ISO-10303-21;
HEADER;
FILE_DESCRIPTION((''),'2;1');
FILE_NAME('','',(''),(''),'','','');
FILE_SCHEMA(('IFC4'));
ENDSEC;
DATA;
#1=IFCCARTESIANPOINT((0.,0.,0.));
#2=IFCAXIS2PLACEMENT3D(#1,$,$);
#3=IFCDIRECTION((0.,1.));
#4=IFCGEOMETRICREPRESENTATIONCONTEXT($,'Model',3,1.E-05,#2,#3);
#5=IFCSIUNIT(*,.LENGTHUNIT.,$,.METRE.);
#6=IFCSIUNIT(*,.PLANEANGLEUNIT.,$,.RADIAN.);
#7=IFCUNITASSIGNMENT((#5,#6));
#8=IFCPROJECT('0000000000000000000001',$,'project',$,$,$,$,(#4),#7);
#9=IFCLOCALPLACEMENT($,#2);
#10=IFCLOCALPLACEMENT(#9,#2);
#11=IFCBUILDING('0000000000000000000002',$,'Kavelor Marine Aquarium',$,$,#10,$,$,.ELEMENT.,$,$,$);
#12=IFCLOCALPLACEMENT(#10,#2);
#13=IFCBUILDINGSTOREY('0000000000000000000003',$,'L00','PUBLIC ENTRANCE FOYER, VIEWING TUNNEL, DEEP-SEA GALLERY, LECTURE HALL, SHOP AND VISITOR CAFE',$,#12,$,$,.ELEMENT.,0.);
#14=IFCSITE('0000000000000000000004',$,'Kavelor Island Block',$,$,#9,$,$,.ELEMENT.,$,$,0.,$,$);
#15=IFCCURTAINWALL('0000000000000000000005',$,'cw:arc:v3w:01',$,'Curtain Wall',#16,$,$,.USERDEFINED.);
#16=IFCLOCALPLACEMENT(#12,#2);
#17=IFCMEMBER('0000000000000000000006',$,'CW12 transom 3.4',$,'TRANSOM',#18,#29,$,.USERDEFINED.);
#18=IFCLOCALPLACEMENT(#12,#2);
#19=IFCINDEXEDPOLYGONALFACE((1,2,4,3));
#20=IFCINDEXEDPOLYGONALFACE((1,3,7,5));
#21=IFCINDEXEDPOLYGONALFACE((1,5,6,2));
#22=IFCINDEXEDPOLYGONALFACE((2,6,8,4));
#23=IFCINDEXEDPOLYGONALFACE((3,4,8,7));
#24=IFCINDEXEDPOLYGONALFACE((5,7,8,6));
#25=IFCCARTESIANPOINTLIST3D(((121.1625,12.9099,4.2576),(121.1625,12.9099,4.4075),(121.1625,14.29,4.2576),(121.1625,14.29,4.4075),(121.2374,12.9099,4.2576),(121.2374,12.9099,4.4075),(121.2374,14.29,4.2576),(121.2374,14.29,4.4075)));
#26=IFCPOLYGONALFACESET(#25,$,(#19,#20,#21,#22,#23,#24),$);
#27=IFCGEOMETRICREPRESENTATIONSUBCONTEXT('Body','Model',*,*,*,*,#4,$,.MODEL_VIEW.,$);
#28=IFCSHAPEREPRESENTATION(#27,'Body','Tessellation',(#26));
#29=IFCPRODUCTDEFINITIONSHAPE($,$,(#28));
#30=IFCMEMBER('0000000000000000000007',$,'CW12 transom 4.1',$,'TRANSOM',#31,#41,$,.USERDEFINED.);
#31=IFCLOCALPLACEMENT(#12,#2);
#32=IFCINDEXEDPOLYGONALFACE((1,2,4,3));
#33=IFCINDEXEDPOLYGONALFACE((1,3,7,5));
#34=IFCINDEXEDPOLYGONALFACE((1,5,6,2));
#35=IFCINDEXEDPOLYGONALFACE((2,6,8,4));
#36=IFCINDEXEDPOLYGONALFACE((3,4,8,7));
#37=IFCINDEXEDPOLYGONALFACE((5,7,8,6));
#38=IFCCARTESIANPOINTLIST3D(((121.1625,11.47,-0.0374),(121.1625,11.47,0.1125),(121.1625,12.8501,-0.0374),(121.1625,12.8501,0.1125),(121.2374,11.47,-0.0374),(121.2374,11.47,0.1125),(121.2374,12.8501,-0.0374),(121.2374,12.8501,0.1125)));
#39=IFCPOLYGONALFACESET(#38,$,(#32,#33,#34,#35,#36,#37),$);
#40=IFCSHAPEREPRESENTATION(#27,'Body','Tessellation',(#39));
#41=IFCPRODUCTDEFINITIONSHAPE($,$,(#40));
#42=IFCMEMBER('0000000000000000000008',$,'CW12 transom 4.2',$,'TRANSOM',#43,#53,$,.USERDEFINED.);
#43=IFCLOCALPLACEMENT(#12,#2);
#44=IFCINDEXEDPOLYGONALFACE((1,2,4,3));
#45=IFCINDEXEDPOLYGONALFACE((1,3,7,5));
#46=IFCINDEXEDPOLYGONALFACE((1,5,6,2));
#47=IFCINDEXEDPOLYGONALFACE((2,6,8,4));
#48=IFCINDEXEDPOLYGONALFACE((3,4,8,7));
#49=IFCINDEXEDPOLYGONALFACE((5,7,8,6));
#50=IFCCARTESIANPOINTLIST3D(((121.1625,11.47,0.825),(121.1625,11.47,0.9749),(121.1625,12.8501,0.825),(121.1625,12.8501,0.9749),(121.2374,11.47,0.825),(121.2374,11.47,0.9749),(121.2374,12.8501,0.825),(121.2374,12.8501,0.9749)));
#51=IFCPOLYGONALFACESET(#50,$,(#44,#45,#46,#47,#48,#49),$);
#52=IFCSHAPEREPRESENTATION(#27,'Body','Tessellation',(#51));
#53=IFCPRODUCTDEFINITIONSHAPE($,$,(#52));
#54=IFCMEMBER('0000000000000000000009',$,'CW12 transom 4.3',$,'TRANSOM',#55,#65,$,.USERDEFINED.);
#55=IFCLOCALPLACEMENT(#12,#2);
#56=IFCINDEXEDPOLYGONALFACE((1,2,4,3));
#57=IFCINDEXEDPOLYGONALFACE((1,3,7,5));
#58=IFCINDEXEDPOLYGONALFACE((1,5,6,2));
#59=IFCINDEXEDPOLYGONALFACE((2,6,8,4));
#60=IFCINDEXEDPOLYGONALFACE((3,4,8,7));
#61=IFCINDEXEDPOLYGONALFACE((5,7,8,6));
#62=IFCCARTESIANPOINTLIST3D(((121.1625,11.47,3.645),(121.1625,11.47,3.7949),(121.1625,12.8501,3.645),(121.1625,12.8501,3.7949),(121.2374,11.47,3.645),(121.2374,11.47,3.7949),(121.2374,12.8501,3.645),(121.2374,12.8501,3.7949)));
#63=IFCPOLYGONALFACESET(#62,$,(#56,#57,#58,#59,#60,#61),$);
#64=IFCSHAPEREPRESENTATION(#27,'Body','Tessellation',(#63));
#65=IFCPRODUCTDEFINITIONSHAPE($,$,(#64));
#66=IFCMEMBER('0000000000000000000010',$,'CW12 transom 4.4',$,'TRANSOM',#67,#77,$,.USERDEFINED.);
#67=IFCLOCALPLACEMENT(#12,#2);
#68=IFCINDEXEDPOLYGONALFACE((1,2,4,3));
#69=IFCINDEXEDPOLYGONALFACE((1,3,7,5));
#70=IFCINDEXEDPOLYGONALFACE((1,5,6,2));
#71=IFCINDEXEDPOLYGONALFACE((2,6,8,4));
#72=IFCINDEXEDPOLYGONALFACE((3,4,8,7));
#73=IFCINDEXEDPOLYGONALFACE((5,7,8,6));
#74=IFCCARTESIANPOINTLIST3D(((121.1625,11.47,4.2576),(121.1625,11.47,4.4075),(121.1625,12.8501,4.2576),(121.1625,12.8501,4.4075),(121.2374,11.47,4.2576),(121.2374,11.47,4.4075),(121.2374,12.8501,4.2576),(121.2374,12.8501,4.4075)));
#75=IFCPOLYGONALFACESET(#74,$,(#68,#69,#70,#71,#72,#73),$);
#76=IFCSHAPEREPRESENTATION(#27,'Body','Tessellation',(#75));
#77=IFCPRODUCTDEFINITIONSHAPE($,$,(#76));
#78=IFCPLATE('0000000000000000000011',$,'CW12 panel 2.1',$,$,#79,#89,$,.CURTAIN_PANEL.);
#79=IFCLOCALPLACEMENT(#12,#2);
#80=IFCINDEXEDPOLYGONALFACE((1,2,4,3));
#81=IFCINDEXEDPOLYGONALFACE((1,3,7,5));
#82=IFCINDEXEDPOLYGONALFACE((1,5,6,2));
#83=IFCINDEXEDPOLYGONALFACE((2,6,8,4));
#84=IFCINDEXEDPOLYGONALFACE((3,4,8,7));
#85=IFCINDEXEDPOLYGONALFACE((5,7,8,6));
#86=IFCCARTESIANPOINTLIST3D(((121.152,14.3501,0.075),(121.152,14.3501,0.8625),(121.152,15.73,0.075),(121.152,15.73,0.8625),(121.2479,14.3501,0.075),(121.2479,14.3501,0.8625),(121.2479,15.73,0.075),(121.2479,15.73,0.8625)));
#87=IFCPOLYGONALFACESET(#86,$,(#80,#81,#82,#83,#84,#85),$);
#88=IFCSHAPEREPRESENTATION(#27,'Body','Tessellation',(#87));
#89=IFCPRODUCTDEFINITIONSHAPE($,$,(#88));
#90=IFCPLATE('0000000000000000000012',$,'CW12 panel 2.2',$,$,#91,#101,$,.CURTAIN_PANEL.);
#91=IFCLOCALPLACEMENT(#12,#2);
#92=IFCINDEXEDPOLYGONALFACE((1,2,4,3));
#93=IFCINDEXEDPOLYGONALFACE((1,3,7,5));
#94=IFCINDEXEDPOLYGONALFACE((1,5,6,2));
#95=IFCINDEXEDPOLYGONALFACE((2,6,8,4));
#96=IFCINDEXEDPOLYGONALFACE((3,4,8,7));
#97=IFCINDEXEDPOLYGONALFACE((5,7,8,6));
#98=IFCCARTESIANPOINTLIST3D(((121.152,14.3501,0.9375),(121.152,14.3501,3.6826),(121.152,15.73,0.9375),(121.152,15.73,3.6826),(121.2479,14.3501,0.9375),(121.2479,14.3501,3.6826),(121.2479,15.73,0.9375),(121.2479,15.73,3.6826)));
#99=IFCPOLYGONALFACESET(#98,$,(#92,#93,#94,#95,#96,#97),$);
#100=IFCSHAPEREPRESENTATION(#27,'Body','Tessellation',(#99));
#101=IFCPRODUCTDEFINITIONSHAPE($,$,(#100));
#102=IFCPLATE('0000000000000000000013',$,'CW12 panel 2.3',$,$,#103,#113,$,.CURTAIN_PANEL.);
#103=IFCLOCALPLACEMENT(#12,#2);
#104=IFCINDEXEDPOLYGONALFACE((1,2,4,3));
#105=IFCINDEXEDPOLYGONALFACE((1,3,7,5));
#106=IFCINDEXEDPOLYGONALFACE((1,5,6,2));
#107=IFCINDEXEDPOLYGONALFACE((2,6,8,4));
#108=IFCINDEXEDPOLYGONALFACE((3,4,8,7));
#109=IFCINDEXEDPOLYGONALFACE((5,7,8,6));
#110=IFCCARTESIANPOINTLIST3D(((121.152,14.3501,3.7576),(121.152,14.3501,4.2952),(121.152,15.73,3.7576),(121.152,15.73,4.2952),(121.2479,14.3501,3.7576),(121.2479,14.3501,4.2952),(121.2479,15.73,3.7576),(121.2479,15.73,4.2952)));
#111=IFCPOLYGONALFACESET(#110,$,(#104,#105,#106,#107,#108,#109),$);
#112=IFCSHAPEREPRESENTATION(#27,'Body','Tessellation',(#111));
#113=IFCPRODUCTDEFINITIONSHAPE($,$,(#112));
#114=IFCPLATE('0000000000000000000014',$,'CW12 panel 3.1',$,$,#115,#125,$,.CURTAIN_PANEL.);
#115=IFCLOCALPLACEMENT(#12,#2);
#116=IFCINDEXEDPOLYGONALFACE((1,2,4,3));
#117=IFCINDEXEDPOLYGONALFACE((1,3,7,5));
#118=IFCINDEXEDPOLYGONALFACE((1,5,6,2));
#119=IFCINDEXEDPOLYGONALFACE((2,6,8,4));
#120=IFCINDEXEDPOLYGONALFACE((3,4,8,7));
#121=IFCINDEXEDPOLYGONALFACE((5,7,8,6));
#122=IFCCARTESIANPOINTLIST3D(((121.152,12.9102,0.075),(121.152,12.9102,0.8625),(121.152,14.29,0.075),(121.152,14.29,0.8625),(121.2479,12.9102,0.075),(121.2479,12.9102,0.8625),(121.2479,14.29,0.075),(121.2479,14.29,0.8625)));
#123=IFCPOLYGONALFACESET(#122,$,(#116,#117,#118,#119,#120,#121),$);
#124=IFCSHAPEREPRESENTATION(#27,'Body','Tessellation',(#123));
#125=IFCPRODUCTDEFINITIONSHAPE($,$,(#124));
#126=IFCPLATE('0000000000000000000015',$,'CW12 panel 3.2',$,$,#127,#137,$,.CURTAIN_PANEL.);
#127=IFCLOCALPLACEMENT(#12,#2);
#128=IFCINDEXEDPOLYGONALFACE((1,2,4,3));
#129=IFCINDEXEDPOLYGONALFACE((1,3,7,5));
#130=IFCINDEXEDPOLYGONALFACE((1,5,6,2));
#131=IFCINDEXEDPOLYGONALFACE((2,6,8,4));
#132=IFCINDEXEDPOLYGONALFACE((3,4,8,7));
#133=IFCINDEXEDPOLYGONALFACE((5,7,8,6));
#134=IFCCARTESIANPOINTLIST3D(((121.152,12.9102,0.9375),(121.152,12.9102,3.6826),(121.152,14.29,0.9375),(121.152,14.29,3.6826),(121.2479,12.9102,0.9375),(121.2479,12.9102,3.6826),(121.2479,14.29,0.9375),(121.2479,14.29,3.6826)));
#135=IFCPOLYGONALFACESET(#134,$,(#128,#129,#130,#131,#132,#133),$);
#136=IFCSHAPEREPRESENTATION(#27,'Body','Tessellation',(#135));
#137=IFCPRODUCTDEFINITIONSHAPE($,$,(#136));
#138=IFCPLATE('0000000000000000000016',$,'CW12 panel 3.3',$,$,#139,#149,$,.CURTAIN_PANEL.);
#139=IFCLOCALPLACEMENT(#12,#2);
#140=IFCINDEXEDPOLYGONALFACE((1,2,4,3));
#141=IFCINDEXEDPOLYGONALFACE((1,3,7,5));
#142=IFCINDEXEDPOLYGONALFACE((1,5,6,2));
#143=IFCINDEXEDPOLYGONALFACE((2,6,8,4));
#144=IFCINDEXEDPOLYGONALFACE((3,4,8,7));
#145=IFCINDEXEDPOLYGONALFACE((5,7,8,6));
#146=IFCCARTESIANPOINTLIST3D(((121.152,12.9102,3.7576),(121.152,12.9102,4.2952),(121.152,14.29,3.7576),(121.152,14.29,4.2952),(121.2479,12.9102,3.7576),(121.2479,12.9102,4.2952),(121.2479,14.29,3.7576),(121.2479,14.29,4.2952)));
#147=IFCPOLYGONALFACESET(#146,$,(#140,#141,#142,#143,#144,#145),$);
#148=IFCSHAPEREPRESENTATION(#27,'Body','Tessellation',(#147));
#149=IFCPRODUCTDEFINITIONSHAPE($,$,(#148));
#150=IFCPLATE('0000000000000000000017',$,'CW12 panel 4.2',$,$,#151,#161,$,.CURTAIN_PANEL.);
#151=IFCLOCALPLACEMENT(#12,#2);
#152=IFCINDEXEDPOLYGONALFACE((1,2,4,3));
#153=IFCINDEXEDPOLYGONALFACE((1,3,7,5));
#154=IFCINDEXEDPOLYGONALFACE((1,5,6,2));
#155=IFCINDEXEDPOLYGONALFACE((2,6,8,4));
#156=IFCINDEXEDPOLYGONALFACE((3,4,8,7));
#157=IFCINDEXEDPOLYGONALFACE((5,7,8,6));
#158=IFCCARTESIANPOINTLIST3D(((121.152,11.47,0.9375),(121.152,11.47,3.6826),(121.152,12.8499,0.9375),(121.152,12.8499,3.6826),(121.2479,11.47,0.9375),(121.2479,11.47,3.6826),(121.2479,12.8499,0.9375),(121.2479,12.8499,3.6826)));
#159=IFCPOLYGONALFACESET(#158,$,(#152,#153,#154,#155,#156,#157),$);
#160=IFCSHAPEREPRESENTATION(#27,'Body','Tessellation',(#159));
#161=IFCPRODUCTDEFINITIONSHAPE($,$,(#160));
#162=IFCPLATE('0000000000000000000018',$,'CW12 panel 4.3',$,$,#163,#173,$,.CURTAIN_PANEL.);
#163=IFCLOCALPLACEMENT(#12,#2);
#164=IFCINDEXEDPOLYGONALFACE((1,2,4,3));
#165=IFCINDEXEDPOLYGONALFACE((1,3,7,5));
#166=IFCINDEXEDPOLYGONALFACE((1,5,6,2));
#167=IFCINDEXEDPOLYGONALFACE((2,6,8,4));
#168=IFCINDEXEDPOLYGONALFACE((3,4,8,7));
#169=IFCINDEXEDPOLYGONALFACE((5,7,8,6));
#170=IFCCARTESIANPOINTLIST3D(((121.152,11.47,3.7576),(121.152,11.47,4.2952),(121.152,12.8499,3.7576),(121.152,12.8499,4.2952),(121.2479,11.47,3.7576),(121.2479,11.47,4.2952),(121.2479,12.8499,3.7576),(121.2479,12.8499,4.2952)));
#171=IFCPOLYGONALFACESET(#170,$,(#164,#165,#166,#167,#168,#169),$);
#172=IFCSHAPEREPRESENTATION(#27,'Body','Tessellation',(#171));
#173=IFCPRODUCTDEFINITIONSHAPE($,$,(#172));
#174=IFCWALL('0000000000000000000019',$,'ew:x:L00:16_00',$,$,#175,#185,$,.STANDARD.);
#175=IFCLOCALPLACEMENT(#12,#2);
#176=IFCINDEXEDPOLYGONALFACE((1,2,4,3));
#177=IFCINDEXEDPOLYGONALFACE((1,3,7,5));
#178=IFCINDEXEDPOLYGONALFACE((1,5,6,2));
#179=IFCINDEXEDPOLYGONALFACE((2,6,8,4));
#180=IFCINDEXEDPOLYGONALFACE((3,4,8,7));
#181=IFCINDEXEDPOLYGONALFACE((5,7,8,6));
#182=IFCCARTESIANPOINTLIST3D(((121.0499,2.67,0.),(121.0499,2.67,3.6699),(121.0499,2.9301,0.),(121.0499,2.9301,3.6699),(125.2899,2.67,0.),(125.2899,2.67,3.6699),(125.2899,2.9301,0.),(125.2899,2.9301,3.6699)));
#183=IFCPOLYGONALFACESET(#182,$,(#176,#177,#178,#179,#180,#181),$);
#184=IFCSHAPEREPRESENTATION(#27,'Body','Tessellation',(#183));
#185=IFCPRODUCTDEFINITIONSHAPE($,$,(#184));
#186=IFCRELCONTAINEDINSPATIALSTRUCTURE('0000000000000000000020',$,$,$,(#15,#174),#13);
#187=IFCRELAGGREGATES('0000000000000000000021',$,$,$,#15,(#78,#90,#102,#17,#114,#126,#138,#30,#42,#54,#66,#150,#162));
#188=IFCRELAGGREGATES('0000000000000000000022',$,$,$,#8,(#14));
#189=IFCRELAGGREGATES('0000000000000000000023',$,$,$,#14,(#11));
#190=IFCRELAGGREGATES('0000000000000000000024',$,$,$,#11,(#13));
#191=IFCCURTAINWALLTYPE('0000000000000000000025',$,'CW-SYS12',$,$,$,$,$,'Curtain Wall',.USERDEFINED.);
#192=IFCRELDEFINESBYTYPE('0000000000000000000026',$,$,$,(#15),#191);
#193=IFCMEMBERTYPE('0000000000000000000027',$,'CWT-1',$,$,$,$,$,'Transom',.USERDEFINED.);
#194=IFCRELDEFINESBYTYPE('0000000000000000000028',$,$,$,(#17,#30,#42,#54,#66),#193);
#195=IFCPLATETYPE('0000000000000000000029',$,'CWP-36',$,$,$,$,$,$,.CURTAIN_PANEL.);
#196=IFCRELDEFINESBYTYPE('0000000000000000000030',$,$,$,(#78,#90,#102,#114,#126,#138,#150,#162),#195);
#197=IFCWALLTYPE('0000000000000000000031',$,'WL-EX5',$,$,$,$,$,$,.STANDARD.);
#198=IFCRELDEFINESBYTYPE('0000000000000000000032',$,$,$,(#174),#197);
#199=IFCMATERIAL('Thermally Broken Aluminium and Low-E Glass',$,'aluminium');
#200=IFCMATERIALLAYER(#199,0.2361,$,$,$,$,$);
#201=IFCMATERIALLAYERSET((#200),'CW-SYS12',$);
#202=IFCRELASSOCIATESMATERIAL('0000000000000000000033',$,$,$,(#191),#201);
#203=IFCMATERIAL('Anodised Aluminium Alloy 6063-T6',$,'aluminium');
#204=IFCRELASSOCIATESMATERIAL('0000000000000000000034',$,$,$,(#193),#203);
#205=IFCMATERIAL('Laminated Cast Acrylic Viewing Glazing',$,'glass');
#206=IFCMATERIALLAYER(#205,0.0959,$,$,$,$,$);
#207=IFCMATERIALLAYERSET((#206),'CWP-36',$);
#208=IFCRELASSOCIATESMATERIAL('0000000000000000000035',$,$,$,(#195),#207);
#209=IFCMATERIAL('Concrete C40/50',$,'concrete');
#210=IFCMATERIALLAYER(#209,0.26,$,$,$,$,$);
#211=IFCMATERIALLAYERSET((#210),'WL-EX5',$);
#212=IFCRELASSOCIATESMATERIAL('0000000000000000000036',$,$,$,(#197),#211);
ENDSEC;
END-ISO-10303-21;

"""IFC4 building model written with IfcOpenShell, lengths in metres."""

from ifc_helpers import new_model, si_unit, direction, frame, frame_2d, origin, origin_2d, place, context, subcontext, project, spatial, rectangle, extrude, material, layer, layer_set, material_profile, profile_set, type_object, element, aggregate, save


model = new_model("IFC4")

# Units and contexts
model_context = context("Model", 3, precision=1e-05, world=origin(), true_north=direction((0.0, 1.0)))
body_context = subcontext(model_context, "Body", "Model", "MODEL_VIEW")
ifc_project = project(units=[si_unit("LENGTHUNIT", "METRE"), si_unit("PLANEANGLEUNIT", "RADIAN")], contexts=[model_context])

# Site, building, storey
site_placement = place(None, origin())
site = spatial("IfcSite", under=ifc_project, at=site_placement, Name="Kavelor Island Block", CompositionType="ELEMENT", RefElevation=0.0)
building_placement = place(site_placement, origin())
building = spatial("IfcBuilding", under=site, at=building_placement, Name="Kavelor Marine Aquarium", CompositionType="ELEMENT")
storey_placement = place(building_placement, origin())
storey = spatial("IfcBuildingStorey", under=building, at=storey_placement, Name="L00", Description="PUBLIC ENTRANCE FOYER, VIEWING TUNNEL, DEEP-SEA GALLERY, LECTURE HALL, SHOP AND VISITOR CAFE", CompositionType="ELEMENT", Elevation=0.0)

# Curtain wall, members, plates
ifc_material_1 = material(Name="Thermally Broken Aluminium and Low-E Glass", Category="aluminium")
ifc_layer_1 = layer(ifc_material_1, 0.2361)
ifc_layer_set_1 = layer_set([ifc_layer_1], Name="CW-SYS12")
curtain_wall_type = type_object("IfcCurtainWallType", Name="CW-SYS12", ElementType="Curtain Wall", PredefinedType="USERDEFINED", material=ifc_layer_set_1)
curtain_wall_placement = place(storey_placement, origin())
curtain_wall = element("IfcCurtainWall", 1, at=curtain_wall_placement, inside=storey, type_object=curtain_wall_type, Name="cw:arc:v3w:01", ObjectType="Curtain Wall", PredefinedType="USERDEFINED")
ifc_material_2 = material(Name="Anodised Aluminium Alloy 6063-T6", Category="aluminium")
ifc_material_profile_1 = material_profile(ifc_material_2, rectangle(XDim=0.075, YDim=0.1499, at=origin_2d()), Name="CW-TRN 75x150")
ifc_profile_set_1 = profile_set([ifc_material_profile_1], Name="Anodised Aluminium Alloy 6063-T6")
member_type_1 = type_object("IfcMemberType", Name="CWT-1", ElementType="Transom", PredefinedType="USERDEFINED", material=ifc_profile_set_1)
member_1_placement = place(storey_placement, frame((121.2, 14.29, 4.3325), z_axis=(0.0, -1.0, 0.0), x_axis=(1.0, 0.0, 0.0)))
member_1 = element("IfcMember", 2, at=member_1_placement, type_object=member_type_1, Name="CW12 transom 3.4", ObjectType="TRANSOM", PredefinedType="USERDEFINED", context=body_context, shape_type="SweptSolid", body=[
    extrude(rectangle(XDim=0.075, YDim=0.1499, at=origin_2d()), origin(), (0.0, 0.0, 1.0), 1.3801),
])
member_2_placement = place(storey_placement, frame((121.2, 12.8501, 0.0376), z_axis=(0.0, -1.0, 0.0), x_axis=(1.0, 0.0, 0.0)))
member_2 = element("IfcMember", 3, at=member_2_placement, type_object=member_type_1, Name="CW12 transom 4.1", ObjectType="TRANSOM", PredefinedType="USERDEFINED", context=body_context, shape_type="SweptSolid", body=[
    extrude(rectangle(XDim=0.075, YDim=0.1499, at=origin_2d()), origin(), (0.0, 0.0, 1.0), 1.3801),
])
member_3_placement = place(storey_placement, frame((121.2, 12.8501, 0.8999), z_axis=(0.0, -1.0, 0.0), x_axis=(1.0, 0.0, 0.0)))
member_3 = element("IfcMember", 4, at=member_3_placement, type_object=member_type_1, Name="CW12 transom 4.2", ObjectType="TRANSOM", PredefinedType="USERDEFINED", context=body_context, shape_type="SweptSolid", body=[
    extrude(rectangle(XDim=0.075, YDim=0.1499, at=origin_2d()), origin(), (0.0, 0.0, 1.0), 1.3801),
])
member_4_placement = place(storey_placement, frame((121.2, 12.8501, 3.72), z_axis=(0.0, -1.0, 0.0), x_axis=(1.0, 0.0, 0.0)))
member_4 = element("IfcMember", 5, at=member_4_placement, type_object=member_type_1, Name="CW12 transom 4.3", ObjectType="TRANSOM", PredefinedType="USERDEFINED", context=body_context, shape_type="SweptSolid", body=[
    extrude(rectangle(XDim=0.075, YDim=0.1499, at=origin_2d()), origin(), (0.0, 0.0, 1.0), 1.3801),
])
member_5_placement = place(storey_placement, frame((121.2, 12.8501, 4.3325), z_axis=(0.0, -1.0, 0.0), x_axis=(1.0, 0.0, 0.0)))
member_5 = element("IfcMember", 6, at=member_5_placement, type_object=member_type_1, Name="CW12 transom 4.4", ObjectType="TRANSOM", PredefinedType="USERDEFINED", context=body_context, shape_type="SweptSolid", body=[
    extrude(rectangle(XDim=0.075, YDim=0.1499, at=origin_2d()), origin(), (0.0, 0.0, 1.0), 1.3801),
])
ifc_material_3 = material(Name="Laminated Cast Acrylic Viewing Glazing", Category="glass")
ifc_layer_2 = layer(ifc_material_3, 0.0959)
ifc_layer_set_2 = layer_set([ifc_layer_2], Name="CWP-36")
plate_type = type_object("IfcPlateType", Name="CWP-36", PredefinedType="CURTAIN_PANEL", material=ifc_layer_set_2)
plate_1_placement = place(storey_placement, frame((121.2, 15.04, 0.075), z_axis=(0.0, 0.0, 1.0), x_axis=(0.0, -1.0, 0.0)))
plate_1 = element("IfcPlate", 7, at=plate_1_placement, type_object=plate_type, Name="CW12 panel 2.1", PredefinedType="CURTAIN_PANEL", context=body_context, shape_type="SweptSolid", body=[
    extrude(rectangle(XDim=1.3799, YDim=0.0959, at=origin_2d()), origin(), (0.0, 0.0, 1.0), 0.7876),
])
plate_2_placement = place(storey_placement, frame((121.2, 15.04, 0.9375), z_axis=(0.0, 0.0, 1.0), x_axis=(0.0, -1.0, 0.0)))
plate_2 = element("IfcPlate", 8, at=plate_2_placement, type_object=plate_type, Name="CW12 panel 2.2", PredefinedType="CURTAIN_PANEL", context=body_context, shape_type="SweptSolid", body=[
    extrude(rectangle(XDim=1.3799, YDim=0.0959, at=origin_2d()), origin(), (0.0, 0.0, 1.0), 2.7451),
])
plate_3_placement = place(storey_placement, frame((121.2, 15.04, 3.7576), z_axis=(0.0, 0.0, 1.0), x_axis=(0.0, -1.0, 0.0)))
plate_3 = element("IfcPlate", 9, at=plate_3_placement, type_object=plate_type, Name="CW12 panel 2.3", PredefinedType="CURTAIN_PANEL", context=body_context, shape_type="SweptSolid", body=[
    extrude(rectangle(XDim=1.3799, YDim=0.0959, at=origin_2d()), origin(), (0.0, 0.0, 1.0), 0.5376),
])
plate_4_placement = place(storey_placement, frame((121.2, 13.6001, 0.075), z_axis=(0.0, 0.0, 1.0), x_axis=(0.0, -1.0, 0.0)))
plate_4 = element("IfcPlate", 10, at=plate_4_placement, type_object=plate_type, Name="CW12 panel 3.1", PredefinedType="CURTAIN_PANEL", context=body_context, shape_type="SweptSolid", body=[
    extrude(rectangle(XDim=1.3799, YDim=0.0959, at=origin_2d()), origin(), (0.0, 0.0, 1.0), 0.7876),
])
plate_5_placement = place(storey_placement, frame((121.2, 13.6001, 0.9375), z_axis=(0.0, 0.0, 1.0), x_axis=(0.0, -1.0, 0.0)))
plate_5 = element("IfcPlate", 11, at=plate_5_placement, type_object=plate_type, Name="CW12 panel 3.2", PredefinedType="CURTAIN_PANEL", context=body_context, shape_type="SweptSolid", body=[
    extrude(rectangle(XDim=1.3799, YDim=0.0959, at=origin_2d()), origin(), (0.0, 0.0, 1.0), 2.7451),
])
plate_6_placement = place(storey_placement, frame((121.2, 13.6001, 3.7576), z_axis=(0.0, 0.0, 1.0), x_axis=(0.0, -1.0, 0.0)))
plate_6 = element("IfcPlate", 12, at=plate_6_placement, type_object=plate_type, Name="CW12 panel 3.3", PredefinedType="CURTAIN_PANEL", context=body_context, shape_type="SweptSolid", body=[
    extrude(rectangle(XDim=1.3799, YDim=0.0959, at=origin_2d()), origin(), (0.0, 0.0, 1.0), 0.5376),
])
plate_7_placement = place(storey_placement, frame((121.2, 12.1599, 0.9375), z_axis=(0.0, 0.0, 1.0), x_axis=(0.0, -1.0, 0.0)))
plate_7 = element("IfcPlate", 13, at=plate_7_placement, type_object=plate_type, Name="CW12 panel 4.2", PredefinedType="CURTAIN_PANEL", context=body_context, shape_type="SweptSolid", body=[
    extrude(rectangle(XDim=1.3799, YDim=0.0959, at=origin_2d()), origin(), (0.0, 0.0, 1.0), 2.7451),
])
plate_8_placement = place(storey_placement, frame((121.2, 12.1599, 3.7576), z_axis=(0.0, 0.0, 1.0), x_axis=(0.0, -1.0, 0.0)))
plate_8 = element("IfcPlate", 14, at=plate_8_placement, type_object=plate_type, Name="CW12 panel 4.3", PredefinedType="CURTAIN_PANEL", context=body_context, shape_type="SweptSolid", body=[
    extrude(rectangle(XDim=1.3799, YDim=0.0959, at=origin_2d()), origin(), (0.0, 0.0, 1.0), 0.5376),
])
aggregate(curtain_wall, [plate_1, plate_2, plate_3, member_1, plate_4, plate_5, plate_6, member_2, member_3, member_4, member_5, plate_7, plate_8])

# Wall
ifc_material_4 = material(Name="Concrete C40/50", Category="concrete")
ifc_layer_3 = layer(ifc_material_4, 0.26)
ifc_layer_set_3 = layer_set([ifc_layer_3], Name="WL-EX5")
wall_type_1 = type_object("IfcWallType", Name="WL-EX5", PredefinedType="STANDARD", material=ifc_layer_set_3)
wall_1_placement = place(storey_placement, frame((125.29, 2.8, 0.0), z_axis=(0.0, 0.0, 1.0), x_axis=(-1.0, 0.0, 0.0)))
element("IfcWall", 15, at=wall_1_placement, inside=storey, type_object=wall_type_1, Name="ew:x:L00:16_00", PredefinedType="STANDARD", context=body_context, shape_type="SweptSolid", body=[
    extrude(rectangle(XDim=4.24, YDim=0.26, at=frame_2d((2.1201, 0.0))), origin(), (0.0, 0.0, 1.0), 3.6699),
])

save(model, "model.ifc")
